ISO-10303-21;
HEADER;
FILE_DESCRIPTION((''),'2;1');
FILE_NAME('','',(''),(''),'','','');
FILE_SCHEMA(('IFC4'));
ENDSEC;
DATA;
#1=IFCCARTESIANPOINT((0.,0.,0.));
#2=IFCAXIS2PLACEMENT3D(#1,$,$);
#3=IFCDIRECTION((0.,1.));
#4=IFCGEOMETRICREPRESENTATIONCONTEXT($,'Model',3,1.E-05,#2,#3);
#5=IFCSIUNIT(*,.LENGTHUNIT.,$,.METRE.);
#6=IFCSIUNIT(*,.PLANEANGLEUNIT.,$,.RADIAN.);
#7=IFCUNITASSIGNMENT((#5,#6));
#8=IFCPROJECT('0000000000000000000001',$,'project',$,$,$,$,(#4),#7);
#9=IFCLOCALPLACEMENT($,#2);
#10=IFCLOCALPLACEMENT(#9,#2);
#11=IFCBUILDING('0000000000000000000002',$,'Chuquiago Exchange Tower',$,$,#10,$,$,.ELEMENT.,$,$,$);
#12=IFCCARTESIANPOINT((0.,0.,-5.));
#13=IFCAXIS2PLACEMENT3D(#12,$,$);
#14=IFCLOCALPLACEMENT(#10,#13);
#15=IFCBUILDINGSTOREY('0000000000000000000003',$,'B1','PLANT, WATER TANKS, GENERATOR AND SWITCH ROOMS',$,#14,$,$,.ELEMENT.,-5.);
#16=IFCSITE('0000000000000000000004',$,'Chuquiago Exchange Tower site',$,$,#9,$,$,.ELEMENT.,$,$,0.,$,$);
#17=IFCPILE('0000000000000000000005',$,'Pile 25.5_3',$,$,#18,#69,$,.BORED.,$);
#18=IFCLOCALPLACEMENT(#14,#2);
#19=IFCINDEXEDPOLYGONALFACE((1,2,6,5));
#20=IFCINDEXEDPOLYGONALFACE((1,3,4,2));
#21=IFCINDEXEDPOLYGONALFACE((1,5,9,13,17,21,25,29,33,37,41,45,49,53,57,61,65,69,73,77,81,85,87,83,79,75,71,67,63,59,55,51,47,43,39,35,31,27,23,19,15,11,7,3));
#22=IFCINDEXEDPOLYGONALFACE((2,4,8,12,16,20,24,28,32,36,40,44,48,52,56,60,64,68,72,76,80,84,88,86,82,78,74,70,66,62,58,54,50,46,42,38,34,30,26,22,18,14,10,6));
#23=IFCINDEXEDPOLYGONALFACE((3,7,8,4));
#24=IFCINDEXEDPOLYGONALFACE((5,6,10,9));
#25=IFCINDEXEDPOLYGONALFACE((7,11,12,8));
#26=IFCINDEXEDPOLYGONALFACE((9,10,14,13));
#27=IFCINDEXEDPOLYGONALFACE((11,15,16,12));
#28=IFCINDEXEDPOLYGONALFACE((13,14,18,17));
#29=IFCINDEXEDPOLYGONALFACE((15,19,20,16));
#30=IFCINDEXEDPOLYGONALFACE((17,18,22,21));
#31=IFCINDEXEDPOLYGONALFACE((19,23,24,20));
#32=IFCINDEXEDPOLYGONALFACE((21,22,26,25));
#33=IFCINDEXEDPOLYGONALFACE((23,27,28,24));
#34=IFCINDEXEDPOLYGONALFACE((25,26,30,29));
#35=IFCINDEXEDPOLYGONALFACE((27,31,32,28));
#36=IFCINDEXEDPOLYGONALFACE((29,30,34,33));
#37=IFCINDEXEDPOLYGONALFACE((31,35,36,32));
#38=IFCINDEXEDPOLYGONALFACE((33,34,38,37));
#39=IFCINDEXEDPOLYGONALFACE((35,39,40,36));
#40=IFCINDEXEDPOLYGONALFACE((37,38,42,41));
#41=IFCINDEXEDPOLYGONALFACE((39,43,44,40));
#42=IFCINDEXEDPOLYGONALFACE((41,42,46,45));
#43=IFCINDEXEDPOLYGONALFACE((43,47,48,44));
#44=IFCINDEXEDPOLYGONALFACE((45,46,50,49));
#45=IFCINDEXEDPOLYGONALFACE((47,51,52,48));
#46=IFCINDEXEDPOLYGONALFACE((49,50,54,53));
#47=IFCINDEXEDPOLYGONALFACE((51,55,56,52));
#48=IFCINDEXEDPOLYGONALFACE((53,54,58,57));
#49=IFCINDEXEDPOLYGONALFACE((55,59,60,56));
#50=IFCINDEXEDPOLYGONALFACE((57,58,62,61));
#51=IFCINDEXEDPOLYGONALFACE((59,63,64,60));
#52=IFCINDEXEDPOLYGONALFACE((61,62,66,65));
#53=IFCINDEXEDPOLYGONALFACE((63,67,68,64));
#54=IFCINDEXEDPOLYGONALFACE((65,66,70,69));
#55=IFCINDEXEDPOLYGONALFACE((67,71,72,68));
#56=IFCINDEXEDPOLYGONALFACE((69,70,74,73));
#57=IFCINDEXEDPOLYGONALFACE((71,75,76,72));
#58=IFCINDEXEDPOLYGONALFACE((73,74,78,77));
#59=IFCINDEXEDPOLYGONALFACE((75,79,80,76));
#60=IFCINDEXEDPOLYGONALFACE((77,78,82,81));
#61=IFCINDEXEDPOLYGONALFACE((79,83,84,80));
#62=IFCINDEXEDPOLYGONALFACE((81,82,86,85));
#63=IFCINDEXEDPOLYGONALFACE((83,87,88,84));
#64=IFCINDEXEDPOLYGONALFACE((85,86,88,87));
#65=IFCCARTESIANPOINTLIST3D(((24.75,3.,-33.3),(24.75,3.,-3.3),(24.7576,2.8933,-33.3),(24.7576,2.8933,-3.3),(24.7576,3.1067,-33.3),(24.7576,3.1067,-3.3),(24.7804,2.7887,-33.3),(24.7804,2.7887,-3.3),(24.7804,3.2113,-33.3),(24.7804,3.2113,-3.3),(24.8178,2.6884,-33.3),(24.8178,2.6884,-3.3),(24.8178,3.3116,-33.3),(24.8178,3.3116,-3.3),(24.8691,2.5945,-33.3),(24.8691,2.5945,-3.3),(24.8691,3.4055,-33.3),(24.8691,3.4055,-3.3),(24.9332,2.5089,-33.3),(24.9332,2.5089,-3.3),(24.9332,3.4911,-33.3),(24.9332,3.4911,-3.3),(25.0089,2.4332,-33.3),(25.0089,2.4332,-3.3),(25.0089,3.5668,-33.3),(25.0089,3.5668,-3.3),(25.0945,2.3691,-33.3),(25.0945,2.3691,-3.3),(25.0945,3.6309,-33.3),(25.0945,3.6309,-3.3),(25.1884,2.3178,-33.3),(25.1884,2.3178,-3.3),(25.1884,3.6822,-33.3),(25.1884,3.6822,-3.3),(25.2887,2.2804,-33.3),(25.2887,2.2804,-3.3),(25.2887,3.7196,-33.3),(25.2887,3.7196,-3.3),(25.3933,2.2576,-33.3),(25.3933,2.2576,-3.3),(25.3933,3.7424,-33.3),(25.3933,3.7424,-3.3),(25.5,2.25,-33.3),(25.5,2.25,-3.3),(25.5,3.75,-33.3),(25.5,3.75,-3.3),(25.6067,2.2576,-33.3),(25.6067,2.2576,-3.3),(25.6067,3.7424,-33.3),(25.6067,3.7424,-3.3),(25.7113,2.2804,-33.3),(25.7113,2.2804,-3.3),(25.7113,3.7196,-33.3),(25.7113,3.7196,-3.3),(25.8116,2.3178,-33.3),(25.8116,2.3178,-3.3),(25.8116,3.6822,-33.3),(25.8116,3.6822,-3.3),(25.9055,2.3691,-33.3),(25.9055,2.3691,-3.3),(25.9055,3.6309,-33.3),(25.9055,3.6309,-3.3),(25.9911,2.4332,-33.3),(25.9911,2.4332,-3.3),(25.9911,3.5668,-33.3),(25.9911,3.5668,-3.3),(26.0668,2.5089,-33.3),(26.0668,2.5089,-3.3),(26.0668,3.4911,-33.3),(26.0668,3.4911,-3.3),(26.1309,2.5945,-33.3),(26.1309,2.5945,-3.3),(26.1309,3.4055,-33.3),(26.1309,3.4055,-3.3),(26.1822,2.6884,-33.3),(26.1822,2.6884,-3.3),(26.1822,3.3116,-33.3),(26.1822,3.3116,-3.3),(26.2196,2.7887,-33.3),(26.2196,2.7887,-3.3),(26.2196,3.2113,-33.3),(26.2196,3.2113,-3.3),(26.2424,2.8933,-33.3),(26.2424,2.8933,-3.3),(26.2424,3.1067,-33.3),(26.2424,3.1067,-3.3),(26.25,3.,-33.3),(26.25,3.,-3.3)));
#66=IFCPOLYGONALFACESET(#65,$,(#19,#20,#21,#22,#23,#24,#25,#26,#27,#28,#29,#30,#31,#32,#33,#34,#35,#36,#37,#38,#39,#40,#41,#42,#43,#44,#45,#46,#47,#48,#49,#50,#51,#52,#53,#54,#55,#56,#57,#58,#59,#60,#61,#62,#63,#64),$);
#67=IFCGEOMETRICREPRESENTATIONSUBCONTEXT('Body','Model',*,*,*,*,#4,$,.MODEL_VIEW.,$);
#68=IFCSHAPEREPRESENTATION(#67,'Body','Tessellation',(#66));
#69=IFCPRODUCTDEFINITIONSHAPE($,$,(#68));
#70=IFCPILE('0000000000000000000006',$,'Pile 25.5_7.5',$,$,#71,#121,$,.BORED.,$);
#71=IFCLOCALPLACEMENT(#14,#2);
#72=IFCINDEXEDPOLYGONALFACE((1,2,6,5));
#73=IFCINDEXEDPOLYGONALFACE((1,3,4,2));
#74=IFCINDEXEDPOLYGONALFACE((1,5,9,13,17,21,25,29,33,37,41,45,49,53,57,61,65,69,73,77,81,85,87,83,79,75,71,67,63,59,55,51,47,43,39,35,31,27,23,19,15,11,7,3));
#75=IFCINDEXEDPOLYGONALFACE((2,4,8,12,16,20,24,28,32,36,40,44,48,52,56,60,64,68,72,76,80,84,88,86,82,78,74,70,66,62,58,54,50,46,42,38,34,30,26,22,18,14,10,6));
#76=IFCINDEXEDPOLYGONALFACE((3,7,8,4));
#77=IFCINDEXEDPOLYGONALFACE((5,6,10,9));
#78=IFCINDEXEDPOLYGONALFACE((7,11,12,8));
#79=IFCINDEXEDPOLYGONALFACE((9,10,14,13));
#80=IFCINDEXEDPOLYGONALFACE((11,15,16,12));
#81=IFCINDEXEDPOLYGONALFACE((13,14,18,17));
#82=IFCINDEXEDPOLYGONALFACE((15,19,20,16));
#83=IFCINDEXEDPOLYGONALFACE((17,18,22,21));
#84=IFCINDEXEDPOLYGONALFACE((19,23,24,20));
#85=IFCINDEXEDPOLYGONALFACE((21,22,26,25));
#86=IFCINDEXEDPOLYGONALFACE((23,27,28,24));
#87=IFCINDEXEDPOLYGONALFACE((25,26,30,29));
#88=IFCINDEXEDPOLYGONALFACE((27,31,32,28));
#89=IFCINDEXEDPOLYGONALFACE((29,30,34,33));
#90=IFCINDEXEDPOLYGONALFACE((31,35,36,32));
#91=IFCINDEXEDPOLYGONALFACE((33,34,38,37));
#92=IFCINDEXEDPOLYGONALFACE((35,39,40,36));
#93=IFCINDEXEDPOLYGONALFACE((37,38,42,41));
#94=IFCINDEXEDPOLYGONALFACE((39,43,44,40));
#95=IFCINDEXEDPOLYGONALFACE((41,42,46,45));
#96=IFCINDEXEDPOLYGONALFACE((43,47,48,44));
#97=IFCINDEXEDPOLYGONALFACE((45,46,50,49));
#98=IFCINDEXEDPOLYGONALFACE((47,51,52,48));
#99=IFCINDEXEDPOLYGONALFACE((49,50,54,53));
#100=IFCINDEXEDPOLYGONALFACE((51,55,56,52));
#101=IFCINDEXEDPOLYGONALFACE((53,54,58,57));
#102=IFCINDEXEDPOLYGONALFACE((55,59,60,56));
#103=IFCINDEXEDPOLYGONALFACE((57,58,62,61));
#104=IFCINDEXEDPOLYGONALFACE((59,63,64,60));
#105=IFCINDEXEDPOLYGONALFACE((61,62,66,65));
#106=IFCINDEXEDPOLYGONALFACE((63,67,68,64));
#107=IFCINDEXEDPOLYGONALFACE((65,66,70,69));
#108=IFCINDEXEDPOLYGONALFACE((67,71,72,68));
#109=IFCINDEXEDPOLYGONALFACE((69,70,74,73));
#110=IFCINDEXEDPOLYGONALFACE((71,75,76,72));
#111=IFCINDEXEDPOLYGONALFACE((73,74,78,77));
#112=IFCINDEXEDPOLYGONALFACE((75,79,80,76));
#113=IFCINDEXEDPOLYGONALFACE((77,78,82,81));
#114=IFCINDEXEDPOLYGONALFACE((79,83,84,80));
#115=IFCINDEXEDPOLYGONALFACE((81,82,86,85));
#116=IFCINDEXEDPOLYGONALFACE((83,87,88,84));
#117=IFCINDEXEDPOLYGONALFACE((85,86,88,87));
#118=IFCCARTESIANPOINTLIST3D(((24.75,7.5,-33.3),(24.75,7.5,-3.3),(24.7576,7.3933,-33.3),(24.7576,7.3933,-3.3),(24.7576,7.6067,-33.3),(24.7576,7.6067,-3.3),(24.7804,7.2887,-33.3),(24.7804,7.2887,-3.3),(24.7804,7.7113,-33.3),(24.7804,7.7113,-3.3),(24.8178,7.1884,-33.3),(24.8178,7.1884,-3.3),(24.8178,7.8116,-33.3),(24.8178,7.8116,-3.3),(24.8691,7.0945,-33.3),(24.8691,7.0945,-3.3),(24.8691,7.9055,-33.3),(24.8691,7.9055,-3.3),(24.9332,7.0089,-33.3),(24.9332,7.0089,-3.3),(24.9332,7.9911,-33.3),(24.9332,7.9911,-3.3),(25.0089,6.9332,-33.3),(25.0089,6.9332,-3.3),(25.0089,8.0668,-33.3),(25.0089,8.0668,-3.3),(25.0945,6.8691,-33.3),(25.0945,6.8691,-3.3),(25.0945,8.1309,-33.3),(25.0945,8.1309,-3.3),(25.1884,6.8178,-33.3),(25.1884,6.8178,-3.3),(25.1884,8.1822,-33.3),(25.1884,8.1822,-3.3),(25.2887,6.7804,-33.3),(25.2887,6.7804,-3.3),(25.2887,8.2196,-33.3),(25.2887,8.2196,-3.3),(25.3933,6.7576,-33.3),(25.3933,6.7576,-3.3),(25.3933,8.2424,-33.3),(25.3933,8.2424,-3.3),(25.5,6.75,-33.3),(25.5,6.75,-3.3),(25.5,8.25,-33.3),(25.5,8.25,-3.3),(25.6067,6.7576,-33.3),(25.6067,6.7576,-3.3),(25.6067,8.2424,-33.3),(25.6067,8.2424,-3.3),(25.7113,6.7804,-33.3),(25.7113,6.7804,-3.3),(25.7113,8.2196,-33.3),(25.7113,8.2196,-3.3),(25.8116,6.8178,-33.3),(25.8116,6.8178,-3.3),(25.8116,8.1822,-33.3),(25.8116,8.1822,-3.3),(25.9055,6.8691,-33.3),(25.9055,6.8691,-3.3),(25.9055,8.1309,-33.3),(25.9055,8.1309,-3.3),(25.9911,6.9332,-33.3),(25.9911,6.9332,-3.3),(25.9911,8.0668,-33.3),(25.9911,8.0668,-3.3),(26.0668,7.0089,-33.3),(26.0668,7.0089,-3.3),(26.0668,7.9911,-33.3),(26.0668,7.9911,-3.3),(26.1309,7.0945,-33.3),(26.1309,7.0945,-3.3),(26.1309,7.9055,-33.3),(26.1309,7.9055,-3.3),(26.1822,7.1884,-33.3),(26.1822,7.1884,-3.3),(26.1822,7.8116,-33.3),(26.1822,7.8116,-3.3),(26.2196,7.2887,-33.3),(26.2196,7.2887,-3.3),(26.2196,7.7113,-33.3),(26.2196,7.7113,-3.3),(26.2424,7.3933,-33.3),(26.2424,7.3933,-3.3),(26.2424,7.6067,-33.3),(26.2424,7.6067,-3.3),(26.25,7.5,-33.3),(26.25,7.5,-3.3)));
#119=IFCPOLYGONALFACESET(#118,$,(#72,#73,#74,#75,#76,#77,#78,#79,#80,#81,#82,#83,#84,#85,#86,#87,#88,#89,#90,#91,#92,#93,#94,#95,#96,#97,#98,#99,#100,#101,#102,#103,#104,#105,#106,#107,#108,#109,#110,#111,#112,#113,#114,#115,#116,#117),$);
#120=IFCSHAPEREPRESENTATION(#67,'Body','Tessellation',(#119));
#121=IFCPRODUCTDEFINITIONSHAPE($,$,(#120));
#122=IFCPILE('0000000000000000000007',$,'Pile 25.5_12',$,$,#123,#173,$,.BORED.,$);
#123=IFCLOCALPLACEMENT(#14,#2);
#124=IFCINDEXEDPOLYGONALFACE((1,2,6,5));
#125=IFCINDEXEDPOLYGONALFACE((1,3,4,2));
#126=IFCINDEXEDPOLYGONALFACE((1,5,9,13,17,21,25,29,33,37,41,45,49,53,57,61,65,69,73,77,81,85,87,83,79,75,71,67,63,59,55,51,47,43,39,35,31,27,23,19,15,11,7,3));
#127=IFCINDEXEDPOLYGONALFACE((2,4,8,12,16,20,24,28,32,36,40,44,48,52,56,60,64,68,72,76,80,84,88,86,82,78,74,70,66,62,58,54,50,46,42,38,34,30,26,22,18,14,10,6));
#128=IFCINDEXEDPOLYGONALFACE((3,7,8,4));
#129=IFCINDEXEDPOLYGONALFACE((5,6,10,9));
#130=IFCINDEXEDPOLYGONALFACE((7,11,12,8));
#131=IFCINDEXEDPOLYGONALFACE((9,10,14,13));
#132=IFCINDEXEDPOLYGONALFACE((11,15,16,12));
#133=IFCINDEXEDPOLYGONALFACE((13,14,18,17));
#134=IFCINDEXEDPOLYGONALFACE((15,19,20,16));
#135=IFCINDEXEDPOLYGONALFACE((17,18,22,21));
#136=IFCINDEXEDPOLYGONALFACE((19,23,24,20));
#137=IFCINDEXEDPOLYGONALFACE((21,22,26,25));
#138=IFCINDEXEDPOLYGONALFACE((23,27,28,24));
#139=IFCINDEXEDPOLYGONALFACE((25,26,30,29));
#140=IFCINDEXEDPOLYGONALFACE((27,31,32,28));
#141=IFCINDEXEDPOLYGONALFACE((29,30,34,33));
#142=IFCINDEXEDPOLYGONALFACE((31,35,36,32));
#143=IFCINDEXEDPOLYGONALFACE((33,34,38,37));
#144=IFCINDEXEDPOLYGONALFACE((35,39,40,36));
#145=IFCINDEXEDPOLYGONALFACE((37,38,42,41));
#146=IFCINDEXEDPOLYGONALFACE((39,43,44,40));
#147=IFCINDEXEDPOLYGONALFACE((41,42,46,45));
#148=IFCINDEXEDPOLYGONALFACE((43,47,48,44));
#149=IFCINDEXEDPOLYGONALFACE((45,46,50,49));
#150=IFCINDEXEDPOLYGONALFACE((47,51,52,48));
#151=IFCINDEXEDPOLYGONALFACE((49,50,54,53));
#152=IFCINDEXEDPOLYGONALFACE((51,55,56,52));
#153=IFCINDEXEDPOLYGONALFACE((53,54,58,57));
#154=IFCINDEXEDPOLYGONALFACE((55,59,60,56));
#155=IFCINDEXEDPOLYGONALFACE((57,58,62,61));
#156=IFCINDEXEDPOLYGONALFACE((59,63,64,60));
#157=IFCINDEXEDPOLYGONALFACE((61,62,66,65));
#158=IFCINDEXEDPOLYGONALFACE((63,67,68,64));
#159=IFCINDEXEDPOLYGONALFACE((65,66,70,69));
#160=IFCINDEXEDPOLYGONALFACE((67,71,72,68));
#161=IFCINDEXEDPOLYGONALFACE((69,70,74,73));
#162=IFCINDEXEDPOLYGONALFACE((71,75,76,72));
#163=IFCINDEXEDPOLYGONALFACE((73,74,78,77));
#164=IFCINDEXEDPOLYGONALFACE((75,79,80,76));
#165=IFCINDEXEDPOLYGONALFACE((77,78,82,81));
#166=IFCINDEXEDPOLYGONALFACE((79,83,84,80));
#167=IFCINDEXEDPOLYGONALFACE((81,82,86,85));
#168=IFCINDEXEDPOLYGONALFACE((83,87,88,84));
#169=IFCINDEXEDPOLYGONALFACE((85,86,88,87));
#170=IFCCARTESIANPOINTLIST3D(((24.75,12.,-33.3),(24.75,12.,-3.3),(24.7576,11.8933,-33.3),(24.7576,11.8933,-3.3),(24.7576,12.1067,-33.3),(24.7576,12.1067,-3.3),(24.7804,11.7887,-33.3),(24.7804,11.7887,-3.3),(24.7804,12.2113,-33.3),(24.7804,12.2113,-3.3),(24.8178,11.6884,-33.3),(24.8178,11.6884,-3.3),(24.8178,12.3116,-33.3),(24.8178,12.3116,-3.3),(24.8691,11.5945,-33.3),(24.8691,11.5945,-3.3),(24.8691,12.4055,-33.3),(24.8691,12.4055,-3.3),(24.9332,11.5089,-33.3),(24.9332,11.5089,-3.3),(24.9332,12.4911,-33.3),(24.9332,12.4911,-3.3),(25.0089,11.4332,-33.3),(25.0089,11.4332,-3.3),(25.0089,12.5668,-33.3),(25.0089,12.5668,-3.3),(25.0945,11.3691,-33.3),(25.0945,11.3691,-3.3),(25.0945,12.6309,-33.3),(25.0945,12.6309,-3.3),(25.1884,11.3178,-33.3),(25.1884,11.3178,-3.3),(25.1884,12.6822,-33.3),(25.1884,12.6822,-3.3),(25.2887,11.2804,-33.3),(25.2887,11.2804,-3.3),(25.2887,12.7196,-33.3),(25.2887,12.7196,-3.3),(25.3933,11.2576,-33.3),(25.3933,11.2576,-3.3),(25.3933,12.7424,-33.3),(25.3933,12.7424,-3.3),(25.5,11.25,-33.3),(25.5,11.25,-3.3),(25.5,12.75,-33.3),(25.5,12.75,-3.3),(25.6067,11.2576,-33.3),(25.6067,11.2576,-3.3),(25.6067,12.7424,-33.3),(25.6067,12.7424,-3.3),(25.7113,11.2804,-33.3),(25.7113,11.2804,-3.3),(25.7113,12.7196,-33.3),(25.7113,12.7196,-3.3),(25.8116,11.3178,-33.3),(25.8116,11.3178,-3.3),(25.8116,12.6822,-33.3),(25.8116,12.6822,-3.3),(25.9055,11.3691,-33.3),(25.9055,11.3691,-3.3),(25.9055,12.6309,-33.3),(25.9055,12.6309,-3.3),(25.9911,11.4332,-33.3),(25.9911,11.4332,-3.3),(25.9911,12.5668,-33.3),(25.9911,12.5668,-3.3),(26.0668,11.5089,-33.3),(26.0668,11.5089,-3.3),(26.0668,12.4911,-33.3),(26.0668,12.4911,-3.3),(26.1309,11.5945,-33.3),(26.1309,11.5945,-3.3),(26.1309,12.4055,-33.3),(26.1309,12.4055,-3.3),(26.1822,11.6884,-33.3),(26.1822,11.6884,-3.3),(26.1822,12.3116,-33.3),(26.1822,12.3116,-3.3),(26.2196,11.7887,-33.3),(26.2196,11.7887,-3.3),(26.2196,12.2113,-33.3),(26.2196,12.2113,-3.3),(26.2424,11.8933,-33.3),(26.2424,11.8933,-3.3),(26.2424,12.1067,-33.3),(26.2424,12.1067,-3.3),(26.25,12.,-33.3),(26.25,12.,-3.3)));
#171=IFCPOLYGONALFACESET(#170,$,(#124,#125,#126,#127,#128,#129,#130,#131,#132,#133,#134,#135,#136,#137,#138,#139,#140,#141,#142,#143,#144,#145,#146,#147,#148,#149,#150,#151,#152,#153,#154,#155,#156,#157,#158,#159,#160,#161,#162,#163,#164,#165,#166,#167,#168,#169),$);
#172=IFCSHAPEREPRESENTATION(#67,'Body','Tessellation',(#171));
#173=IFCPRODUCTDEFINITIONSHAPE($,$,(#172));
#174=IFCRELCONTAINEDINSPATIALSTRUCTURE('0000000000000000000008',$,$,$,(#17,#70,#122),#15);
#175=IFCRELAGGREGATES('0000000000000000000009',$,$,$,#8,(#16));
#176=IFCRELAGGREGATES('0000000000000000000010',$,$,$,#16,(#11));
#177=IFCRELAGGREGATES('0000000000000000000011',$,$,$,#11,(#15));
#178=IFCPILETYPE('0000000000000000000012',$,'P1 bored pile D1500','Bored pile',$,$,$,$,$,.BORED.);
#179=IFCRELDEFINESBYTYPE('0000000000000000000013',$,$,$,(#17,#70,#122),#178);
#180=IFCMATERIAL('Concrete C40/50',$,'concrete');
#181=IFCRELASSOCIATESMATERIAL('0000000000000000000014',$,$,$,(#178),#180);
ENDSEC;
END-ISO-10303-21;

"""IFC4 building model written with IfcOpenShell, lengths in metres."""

from ifc_helpers import new_model, si_unit, direction, frame, origin, origin_2d, place, context, subcontext, project, spatial, circle, extrude, material, material_profile, profile_set, type_object, element, save


model = new_model("IFC4")

# Units and contexts
model_context = context("Model", 3, precision=1e-05, world=origin(), true_north=direction((0.0, 1.0)))
body_context = subcontext(model_context, "Body", "Model", "MODEL_VIEW")
ifc_project = project(units=[si_unit("LENGTHUNIT", "METRE"), si_unit("PLANEANGLEUNIT", "RADIAN")], contexts=[model_context])

# Site, building, storey
site_placement = place(None, origin())
site = spatial("IfcSite", under=ifc_project, at=site_placement, Name="Chuquiago Exchange Tower site", CompositionType="ELEMENT", RefElevation=0.0)
building_placement = place(site_placement, origin())
building = spatial("IfcBuilding", under=site, at=building_placement, Name="Chuquiago Exchange Tower", CompositionType="ELEMENT")
storey_placement = place(building_placement, frame((0.0, 0.0, -5.0)))
storey = spatial("IfcBuildingStorey", under=building, at=storey_placement, Name="B1", Description="PLANT, WATER TANKS, GENERATOR AND SWITCH ROOMS", CompositionType="ELEMENT", Elevation=-5.0)

# Piles
ifc_material_1 = material(Name="Concrete C40/50", Category="concrete")
ifc_material_profile_1 = material_profile(ifc_material_1, circle(Radius=0.75, at=origin_2d()), Name="D1500")
ifc_profile_set_1 = profile_set([ifc_material_profile_1], Name="Concrete C40/50")
pile_type = type_object("IfcPileType", Name="P1 bored pile D1500", Description="Bored pile", PredefinedType="BORED", material=ifc_profile_set_1)
for number, where, z_axis, x_axis, name in (
    (1, (25.5, 3.0, -3.3), (0.0, 0.0, -1.0), (1.0, 0.0, 0.0), "Pile 25.5_3"),
    (2, (25.5, 7.5, -3.3), (0.0, 0.0, -1.0), (1.0, 0.0, 0.0), "Pile 25.5_7.5"),
    (3, (25.5, 12.0, -3.3), (0.0, 0.0, -1.0), (1.0, 0.0, 0.0), "Pile 25.5_12"),
):
    element("IfcPile", number, at=place(storey_placement, frame(where, z_axis=z_axis, x_axis=x_axis)), inside=storey, type_object=pile_type, Name=name, PredefinedType="BORED", context=body_context, shape_type="SweptSolid", body=[
        extrude(circle(Radius=0.75, at=origin_2d()), origin(), (0.0, 0.0, 1.0), 30.0),
    ])

save(model, "model.ifc")
